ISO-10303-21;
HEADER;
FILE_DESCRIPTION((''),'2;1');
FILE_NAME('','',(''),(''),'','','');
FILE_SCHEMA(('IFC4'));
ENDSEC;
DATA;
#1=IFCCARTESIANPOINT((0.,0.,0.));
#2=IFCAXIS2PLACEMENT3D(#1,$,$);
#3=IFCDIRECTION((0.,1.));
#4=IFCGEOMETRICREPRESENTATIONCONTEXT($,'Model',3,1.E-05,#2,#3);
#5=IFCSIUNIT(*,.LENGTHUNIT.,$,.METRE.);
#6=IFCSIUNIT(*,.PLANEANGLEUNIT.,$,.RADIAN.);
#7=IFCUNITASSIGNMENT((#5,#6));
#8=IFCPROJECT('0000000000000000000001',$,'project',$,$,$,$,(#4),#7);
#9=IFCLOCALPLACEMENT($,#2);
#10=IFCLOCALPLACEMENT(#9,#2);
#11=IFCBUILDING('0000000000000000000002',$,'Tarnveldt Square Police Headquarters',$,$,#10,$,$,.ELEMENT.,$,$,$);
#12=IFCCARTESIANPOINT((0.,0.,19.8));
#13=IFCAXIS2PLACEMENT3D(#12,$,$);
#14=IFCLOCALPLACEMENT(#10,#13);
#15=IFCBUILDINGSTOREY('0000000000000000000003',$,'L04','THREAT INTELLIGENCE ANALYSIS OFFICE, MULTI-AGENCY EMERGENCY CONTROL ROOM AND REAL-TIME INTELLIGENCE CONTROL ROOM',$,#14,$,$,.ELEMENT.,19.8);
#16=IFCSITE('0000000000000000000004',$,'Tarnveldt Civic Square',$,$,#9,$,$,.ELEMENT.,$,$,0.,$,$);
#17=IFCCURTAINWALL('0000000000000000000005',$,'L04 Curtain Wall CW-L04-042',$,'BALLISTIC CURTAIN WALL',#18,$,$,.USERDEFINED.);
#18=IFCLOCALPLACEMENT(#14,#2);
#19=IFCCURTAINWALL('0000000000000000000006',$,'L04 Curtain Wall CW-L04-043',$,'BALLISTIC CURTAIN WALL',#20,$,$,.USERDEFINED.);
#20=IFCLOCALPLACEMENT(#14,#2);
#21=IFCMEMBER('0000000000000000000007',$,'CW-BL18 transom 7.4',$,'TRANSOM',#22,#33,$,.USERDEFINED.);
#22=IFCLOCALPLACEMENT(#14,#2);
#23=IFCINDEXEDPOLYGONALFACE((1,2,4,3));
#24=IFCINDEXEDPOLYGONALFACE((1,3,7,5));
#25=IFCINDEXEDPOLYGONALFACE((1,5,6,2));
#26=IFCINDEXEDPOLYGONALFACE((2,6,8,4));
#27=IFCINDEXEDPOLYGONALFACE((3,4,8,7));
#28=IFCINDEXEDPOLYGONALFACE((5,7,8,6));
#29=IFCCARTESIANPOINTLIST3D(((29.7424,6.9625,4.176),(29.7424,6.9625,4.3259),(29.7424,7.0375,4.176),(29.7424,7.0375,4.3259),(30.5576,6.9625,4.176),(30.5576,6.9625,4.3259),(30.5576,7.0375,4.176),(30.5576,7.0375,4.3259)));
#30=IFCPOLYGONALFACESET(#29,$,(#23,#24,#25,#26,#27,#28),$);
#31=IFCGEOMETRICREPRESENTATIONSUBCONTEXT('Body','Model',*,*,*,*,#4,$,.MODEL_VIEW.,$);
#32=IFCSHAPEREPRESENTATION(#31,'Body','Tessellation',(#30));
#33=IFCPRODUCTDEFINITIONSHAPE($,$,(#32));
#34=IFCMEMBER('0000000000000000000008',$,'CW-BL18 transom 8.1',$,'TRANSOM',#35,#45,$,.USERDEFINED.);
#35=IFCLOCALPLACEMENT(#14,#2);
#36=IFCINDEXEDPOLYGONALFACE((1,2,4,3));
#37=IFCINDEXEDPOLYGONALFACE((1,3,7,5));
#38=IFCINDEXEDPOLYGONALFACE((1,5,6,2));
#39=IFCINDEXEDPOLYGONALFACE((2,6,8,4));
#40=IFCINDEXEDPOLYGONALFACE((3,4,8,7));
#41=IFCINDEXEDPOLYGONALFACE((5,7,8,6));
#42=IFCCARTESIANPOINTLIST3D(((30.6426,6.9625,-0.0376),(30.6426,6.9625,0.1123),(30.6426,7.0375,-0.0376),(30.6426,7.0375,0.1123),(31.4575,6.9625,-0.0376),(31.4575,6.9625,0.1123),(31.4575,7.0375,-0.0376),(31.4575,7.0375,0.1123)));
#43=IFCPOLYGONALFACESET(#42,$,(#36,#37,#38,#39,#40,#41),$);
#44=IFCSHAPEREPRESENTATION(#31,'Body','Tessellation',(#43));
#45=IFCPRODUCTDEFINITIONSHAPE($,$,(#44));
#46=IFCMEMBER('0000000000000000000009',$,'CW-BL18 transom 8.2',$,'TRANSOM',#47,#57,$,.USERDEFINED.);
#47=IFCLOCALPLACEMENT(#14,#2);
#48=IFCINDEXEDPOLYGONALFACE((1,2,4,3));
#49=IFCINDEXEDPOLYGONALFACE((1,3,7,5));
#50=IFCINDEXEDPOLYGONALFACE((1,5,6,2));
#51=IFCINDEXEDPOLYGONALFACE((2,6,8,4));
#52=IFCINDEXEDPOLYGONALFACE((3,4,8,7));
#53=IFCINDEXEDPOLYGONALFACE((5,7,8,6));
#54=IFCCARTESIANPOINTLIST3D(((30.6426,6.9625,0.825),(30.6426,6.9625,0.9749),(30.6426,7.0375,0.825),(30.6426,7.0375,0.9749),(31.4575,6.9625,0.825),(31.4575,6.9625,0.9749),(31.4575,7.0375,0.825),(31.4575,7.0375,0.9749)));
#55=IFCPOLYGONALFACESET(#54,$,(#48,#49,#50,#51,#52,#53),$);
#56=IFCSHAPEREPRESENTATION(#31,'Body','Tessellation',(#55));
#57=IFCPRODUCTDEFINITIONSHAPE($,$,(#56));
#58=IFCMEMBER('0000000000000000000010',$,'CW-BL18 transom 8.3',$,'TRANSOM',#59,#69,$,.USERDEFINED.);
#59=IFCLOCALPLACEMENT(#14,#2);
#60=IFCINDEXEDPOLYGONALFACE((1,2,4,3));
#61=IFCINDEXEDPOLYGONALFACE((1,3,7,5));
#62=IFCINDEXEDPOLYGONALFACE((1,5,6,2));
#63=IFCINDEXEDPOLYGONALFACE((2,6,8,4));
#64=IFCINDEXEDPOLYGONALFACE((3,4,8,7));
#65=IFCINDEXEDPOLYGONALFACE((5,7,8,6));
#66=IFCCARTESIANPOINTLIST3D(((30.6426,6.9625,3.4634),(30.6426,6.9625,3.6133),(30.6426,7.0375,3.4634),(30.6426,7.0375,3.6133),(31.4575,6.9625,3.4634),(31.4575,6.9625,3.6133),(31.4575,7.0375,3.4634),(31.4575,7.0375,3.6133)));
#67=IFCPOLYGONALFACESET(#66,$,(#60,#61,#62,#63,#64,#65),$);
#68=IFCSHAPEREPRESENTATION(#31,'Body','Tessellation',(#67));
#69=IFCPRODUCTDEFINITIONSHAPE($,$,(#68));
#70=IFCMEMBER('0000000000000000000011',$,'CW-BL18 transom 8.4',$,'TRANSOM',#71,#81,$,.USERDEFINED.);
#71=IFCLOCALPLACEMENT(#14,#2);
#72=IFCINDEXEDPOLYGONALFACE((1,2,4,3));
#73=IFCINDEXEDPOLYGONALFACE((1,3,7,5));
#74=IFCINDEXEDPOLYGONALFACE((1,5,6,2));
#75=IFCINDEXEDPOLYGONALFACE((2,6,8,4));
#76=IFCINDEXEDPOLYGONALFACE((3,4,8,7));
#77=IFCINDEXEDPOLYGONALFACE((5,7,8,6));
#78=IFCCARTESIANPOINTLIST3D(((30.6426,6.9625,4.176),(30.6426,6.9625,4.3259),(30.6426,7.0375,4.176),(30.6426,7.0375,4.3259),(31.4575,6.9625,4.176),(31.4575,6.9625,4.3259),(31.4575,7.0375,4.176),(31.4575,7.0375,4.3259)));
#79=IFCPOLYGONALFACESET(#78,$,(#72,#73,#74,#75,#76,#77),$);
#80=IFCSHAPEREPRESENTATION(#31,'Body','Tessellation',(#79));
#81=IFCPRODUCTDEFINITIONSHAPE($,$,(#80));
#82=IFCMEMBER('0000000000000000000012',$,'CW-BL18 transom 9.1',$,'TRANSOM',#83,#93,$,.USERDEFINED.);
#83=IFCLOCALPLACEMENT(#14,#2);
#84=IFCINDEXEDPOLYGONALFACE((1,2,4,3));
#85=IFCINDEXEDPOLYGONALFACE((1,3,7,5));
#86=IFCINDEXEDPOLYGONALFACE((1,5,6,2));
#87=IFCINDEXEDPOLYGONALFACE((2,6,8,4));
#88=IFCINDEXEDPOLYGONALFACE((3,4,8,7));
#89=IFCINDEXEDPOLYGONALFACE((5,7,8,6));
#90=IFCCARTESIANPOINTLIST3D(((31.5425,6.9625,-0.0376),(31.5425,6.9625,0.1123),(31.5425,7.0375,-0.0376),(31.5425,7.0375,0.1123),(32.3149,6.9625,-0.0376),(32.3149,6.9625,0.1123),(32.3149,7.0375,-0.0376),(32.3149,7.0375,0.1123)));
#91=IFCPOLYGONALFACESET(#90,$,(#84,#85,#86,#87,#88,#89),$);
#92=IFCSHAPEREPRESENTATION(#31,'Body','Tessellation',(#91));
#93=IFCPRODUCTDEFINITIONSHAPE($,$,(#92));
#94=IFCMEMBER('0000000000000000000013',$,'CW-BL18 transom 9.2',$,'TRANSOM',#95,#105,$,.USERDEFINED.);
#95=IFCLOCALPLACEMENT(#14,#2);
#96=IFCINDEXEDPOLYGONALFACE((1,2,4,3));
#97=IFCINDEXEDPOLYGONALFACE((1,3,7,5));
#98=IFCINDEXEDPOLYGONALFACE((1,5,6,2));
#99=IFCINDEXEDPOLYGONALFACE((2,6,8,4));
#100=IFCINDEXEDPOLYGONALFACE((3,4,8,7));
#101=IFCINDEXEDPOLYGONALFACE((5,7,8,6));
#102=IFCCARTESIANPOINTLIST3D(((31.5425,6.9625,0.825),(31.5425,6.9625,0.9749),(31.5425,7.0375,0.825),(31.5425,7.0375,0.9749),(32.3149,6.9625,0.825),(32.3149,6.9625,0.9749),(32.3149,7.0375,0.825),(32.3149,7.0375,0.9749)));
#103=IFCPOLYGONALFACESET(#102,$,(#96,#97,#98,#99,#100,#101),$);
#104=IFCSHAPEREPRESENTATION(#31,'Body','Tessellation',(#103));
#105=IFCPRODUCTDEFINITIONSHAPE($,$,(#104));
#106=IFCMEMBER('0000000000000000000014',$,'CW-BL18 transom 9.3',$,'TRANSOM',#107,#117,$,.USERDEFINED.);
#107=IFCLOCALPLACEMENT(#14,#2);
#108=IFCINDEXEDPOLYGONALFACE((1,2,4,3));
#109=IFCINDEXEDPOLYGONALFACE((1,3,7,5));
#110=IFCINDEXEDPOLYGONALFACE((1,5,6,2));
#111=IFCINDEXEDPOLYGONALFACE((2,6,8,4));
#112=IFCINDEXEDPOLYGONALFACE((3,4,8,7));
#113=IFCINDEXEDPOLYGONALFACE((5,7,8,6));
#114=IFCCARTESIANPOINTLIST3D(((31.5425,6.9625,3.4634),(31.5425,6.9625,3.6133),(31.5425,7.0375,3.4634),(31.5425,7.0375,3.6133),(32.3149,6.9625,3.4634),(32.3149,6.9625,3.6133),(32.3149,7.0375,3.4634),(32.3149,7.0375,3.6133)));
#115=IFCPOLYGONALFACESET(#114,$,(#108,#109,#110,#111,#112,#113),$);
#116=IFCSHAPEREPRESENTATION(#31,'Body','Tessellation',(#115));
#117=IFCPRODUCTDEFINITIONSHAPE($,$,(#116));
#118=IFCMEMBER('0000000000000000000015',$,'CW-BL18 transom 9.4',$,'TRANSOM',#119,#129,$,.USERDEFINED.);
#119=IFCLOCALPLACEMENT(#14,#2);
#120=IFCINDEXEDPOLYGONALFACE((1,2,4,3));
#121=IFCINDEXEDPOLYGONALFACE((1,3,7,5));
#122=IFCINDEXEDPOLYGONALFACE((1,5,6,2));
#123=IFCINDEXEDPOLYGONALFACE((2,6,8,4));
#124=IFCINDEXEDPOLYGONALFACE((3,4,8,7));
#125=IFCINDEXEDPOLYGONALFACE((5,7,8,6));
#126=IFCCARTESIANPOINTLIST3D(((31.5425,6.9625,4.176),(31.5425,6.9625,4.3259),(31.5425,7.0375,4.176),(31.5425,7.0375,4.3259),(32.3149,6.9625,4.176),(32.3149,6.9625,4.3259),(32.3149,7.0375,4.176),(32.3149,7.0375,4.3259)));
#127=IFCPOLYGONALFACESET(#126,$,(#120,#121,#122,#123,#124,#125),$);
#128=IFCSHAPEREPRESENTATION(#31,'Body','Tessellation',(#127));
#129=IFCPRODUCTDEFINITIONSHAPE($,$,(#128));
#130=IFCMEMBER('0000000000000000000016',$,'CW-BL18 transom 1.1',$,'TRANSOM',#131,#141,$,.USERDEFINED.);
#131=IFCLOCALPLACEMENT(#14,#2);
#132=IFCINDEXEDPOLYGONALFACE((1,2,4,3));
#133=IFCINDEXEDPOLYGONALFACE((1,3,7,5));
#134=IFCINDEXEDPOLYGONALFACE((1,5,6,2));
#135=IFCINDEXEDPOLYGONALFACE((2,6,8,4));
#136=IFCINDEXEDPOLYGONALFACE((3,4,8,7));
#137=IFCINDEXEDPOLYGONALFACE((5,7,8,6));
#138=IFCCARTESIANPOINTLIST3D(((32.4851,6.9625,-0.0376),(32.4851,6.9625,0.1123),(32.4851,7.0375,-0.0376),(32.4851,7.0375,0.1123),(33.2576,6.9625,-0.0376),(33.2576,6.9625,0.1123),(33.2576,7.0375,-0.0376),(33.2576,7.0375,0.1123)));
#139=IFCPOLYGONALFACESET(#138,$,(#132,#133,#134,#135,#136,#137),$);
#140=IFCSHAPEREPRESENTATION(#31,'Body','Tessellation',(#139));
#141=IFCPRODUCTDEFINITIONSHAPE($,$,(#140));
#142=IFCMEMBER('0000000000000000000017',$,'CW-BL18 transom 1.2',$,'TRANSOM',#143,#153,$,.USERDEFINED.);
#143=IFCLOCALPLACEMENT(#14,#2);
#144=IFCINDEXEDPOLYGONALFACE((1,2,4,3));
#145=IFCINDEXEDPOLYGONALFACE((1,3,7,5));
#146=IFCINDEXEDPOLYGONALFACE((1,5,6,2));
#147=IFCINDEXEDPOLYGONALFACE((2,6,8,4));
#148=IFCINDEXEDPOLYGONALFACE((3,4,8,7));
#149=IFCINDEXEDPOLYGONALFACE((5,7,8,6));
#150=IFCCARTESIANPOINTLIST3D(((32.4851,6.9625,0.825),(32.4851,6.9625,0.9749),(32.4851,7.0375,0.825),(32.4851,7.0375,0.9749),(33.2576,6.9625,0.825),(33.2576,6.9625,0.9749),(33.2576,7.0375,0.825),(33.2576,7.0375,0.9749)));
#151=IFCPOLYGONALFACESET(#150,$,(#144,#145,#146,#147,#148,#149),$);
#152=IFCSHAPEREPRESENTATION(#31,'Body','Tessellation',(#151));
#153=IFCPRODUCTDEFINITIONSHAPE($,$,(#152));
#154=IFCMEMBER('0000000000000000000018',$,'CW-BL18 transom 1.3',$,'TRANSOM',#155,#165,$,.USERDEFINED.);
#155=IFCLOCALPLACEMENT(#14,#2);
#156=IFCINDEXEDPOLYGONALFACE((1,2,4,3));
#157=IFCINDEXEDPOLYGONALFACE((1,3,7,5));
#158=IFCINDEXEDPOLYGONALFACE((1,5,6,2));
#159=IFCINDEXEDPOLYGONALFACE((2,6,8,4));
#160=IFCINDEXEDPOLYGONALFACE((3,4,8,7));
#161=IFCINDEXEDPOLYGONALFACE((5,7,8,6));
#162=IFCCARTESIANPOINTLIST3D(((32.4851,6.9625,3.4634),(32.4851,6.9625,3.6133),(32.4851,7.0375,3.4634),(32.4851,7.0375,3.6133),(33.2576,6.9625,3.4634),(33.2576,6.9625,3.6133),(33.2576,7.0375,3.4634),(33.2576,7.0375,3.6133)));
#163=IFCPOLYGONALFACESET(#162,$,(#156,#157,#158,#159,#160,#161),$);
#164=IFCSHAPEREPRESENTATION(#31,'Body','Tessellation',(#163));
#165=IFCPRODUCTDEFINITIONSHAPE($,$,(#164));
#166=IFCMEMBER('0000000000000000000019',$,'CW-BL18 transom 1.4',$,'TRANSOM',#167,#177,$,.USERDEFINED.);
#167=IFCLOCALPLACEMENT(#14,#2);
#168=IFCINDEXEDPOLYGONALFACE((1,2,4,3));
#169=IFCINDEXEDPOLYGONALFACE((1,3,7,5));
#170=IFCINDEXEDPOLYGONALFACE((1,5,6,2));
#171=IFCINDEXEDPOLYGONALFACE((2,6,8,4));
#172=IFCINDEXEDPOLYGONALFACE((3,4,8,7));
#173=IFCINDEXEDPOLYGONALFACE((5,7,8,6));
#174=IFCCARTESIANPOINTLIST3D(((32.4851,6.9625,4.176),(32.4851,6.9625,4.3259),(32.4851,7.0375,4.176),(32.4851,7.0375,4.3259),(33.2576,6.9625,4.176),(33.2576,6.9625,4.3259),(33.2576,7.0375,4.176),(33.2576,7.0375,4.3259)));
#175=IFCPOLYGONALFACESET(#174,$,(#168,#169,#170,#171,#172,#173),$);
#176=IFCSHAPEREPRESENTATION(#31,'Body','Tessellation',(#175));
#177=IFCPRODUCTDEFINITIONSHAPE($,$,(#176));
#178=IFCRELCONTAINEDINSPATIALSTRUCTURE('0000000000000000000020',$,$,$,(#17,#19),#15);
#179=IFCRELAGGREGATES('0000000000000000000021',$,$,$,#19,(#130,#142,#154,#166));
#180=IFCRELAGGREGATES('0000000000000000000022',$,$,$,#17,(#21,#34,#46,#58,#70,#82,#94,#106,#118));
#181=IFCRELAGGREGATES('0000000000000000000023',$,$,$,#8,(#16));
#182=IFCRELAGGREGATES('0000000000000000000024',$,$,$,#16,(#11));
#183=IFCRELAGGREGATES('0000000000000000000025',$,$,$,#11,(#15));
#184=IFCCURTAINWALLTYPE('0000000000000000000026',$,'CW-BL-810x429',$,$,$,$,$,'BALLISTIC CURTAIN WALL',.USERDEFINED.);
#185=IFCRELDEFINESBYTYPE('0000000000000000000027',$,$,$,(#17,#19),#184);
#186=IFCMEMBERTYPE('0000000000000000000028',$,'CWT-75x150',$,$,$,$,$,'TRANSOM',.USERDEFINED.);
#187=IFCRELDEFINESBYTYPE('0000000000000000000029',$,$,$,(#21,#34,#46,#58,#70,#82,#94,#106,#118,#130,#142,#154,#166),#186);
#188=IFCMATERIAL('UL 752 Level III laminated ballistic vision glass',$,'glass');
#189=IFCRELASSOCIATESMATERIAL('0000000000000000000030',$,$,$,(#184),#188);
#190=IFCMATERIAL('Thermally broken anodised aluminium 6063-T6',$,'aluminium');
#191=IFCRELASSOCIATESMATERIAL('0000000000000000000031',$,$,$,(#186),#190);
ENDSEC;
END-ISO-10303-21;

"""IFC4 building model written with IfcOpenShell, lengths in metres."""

from ifc_helpers import new_model, si_unit, direction, frame, origin, origin_2d, place, context, subcontext, project, spatial, rectangle, extrude, material, material_profile, profile_set, type_object, element, aggregate, save


model = new_model("IFC4")

# Units and contexts
model_context = context("Model", 3, precision=1e-05, world=origin(), true_north=direction((0.0, 1.0)))
body_context = subcontext(model_context, "Body", "Model", "MODEL_VIEW")
ifc_project = project(units=[si_unit("LENGTHUNIT", "METRE"), si_unit("PLANEANGLEUNIT", "RADIAN")], contexts=[model_context])

# Site, building, storey
site_placement = place(None, origin())
site = spatial("IfcSite", under=ifc_project, at=site_placement, Name="Tarnveldt Civic Square", CompositionType="ELEMENT", RefElevation=0.0)
building_placement = place(site_placement, origin())
building = spatial("IfcBuilding", under=site, at=building_placement, Name="Tarnveldt Square Police Headquarters", CompositionType="ELEMENT")
storey_placement = place(building_placement, frame((0.0, 0.0, 19.8)))
storey = spatial("IfcBuildingStorey", under=building, at=storey_placement, Name="L04", Description="THREAT INTELLIGENCE ANALYSIS OFFICE, MULTI-AGENCY EMERGENCY CONTROL ROOM AND REAL-TIME INTELLIGENCE CONTROL ROOM", CompositionType="ELEMENT", Elevation=19.8)

# Curtain wall
ifc_material_1 = material(Name="UL 752 Level III laminated ballistic vision glass", Category="glass")
curtain_wall_type = type_object("IfcCurtainWallType", Name="CW-BL-810x429", ElementType="BALLISTIC CURTAIN WALL", PredefinedType="USERDEFINED", material=ifc_material_1)
curtain_wall_1_placement = place(storey_placement, origin())
curtain_wall_1 = element("IfcCurtainWall", 1, at=curtain_wall_1_placement, inside=storey, type_object=curtain_wall_type, Name="L04 Curtain Wall CW-L04-042", ObjectType="BALLISTIC CURTAIN WALL", PredefinedType="USERDEFINED")
ifc_material_2 = material(Name="Thermally broken anodised aluminium 6063-T6", Category="aluminium")

# Curtain wall
curtain_wall_2_placement = place(storey_placement, origin())
curtain_wall_2 = element("IfcCurtainWall", 2, at=curtain_wall_2_placement, inside=storey, type_object=curtain_wall_type, Name="L04 Curtain Wall CW-L04-043", ObjectType="BALLISTIC CURTAIN WALL", PredefinedType="USERDEFINED")

# Members
ifc_material_profile_1 = material_profile(ifc_material_2, rectangle(XDim=0.075, YDim=0.1499, at=origin_2d()), Name="CW-T75x150")
ifc_profile_set_1 = profile_set([ifc_material_profile_1], Name="Thermally broken anodised aluminium 6063-T6")
member_type_1 = type_object("IfcMemberType", Name="CWT-75x150", ElementType="TRANSOM", PredefinedType="USERDEFINED", material=ifc_profile_set_1)
member_1_placement = place(storey_placement, frame((29.7424, 7.0, 4.251), z_axis=(1.0, 0.0, 0.0), x_axis=(0.0, 1.0, 0.0)))
member_1 = element("IfcMember", 3, at=member_1_placement, type_object=member_type_1, Name="CW-BL18 transom 7.4", ObjectType="TRANSOM", PredefinedType="USERDEFINED", context=body_context, shape_type="SweptSolid", body=[
    extrude(rectangle(XDim=0.075, YDim=0.1499, at=origin_2d()), origin(), (0.0, 0.0, 1.0), 0.8152),
])
member_2_placement = place(storey_placement, frame((30.6426, 7.0, 0.0374), z_axis=(1.0, 0.0, 0.0), x_axis=(0.0, 1.0, 0.0)))
member_2 = element("IfcMember", 4, at=member_2_placement, type_object=member_type_1, Name="CW-BL18 transom 8.1", ObjectType="TRANSOM", PredefinedType="USERDEFINED", context=body_context, shape_type="SweptSolid", body=[
    extrude(rectangle(XDim=0.075, YDim=0.1499, at=origin_2d()), origin(), (0.0, 0.0, 1.0), 0.8149),
])
member_3_placement = place(storey_placement, frame((30.6426, 7.0, 0.8999), z_axis=(1.0, 0.0, 0.0), x_axis=(0.0, 1.0, 0.0)))
member_3 = element("IfcMember", 5, at=member_3_placement, type_object=member_type_1, Name="CW-BL18 transom 8.2", ObjectType="TRANSOM", PredefinedType="USERDEFINED", context=body_context, shape_type="SweptSolid", body=[
    extrude(rectangle(XDim=0.075, YDim=0.1499, at=origin_2d()), origin(), (0.0, 0.0, 1.0), 0.8149),
])
member_4_placement = place(storey_placement, frame((30.6426, 7.0, 3.5383), z_axis=(1.0, 0.0, 0.0), x_axis=(0.0, 1.0, 0.0)))
member_4 = element("IfcMember", 6, at=member_4_placement, type_object=member_type_1, Name="CW-BL18 transom 8.3", ObjectType="TRANSOM", PredefinedType="USERDEFINED", context=body_context, shape_type="SweptSolid", body=[
    extrude(rectangle(XDim=0.075, YDim=0.1499, at=origin_2d()), origin(), (0.0, 0.0, 1.0), 0.8149),
])
member_5_placement = place(storey_placement, frame((30.6426, 7.0, 4.251), z_axis=(1.0, 0.0, 0.0), x_axis=(0.0, 1.0, 0.0)))
member_5 = element("IfcMember", 7, at=member_5_placement, type_object=member_type_1, Name="CW-BL18 transom 8.4", ObjectType="TRANSOM", PredefinedType="USERDEFINED", context=body_context, shape_type="SweptSolid", body=[
    extrude(rectangle(XDim=0.075, YDim=0.1499, at=origin_2d()), origin(), (0.0, 0.0, 1.0), 0.8149),
])
member_6_placement = place(storey_placement, frame((31.5425, 7.0, 0.0374), z_axis=(1.0, 0.0, 0.0), x_axis=(0.0, 1.0, 0.0)))
member_6 = element("IfcMember", 8, at=member_6_placement, type_object=member_type_1, Name="CW-BL18 transom 9.1", ObjectType="TRANSOM", PredefinedType="USERDEFINED", context=body_context, shape_type="SweptSolid", body=[
    extrude(rectangle(XDim=0.075, YDim=0.1499, at=origin_2d()), origin(), (0.0, 0.0, 1.0), 0.7725),
])
member_7_placement = place(storey_placement, frame((31.5425, 7.0, 0.8999), z_axis=(1.0, 0.0, 0.0), x_axis=(0.0, 1.0, 0.0)))
member_7 = element("IfcMember", 9, at=member_7_placement, type_object=member_type_1, Name="CW-BL18 transom 9.2", ObjectType="TRANSOM", PredefinedType="USERDEFINED", context=body_context, shape_type="SweptSolid", body=[
    extrude(rectangle(XDim=0.075, YDim=0.1499, at=origin_2d()), origin(), (0.0, 0.0, 1.0), 0.7725),
])
member_8_placement = place(storey_placement, frame((31.5425, 7.0, 3.5383), z_axis=(1.0, 0.0, 0.0), x_axis=(0.0, 1.0, 0.0)))
member_8 = element("IfcMember", 10, at=member_8_placement, type_object=member_type_1, Name="CW-BL18 transom 9.3", ObjectType="TRANSOM", PredefinedType="USERDEFINED", context=body_context, shape_type="SweptSolid", body=[
    extrude(rectangle(XDim=0.075, YDim=0.1499, at=origin_2d()), origin(), (0.0, 0.0, 1.0), 0.7725),
])
member_9_placement = place(storey_placement, frame((31.5425, 7.0, 4.251), z_axis=(1.0, 0.0, 0.0), x_axis=(0.0, 1.0, 0.0)))
member_9 = element("IfcMember", 11, at=member_9_placement, type_object=member_type_1, Name="CW-BL18 transom 9.4", ObjectType="TRANSOM", PredefinedType="USERDEFINED", context=body_context, shape_type="SweptSolid", body=[
    extrude(rectangle(XDim=0.075, YDim=0.1499, at=origin_2d()), origin(), (0.0, 0.0, 1.0), 0.7725),
])
member_10_placement = place(storey_placement, frame((32.4851, 7.0, 0.0374), z_axis=(1.0, 0.0, 0.0), x_axis=(0.0, 1.0, 0.0)))
member_10 = element("IfcMember", 12, at=member_10_placement, type_object=member_type_1, Name="CW-BL18 transom 1.1", ObjectType="TRANSOM", PredefinedType="USERDEFINED", context=body_context, shape_type="SweptSolid", body=[
    extrude(rectangle(XDim=0.075, YDim=0.1499, at=origin_2d()), origin(), (0.0, 0.0, 1.0), 0.7725),
])
member_11_placement = place(storey_placement, frame((32.4851, 7.0, 0.8999), z_axis=(1.0, 0.0, 0.0), x_axis=(0.0, 1.0, 0.0)))
member_11 = element("IfcMember", 13, at=member_11_placement, type_object=member_type_1, Name="CW-BL18 transom 1.2", ObjectType="TRANSOM", PredefinedType="USERDEFINED", context=body_context, shape_type="SweptSolid", body=[
    extrude(rectangle(XDim=0.075, YDim=0.1499, at=origin_2d()), origin(), (0.0, 0.0, 1.0), 0.7725),
])
member_12_placement = place(storey_placement, frame((32.4851, 7.0, 3.5383), z_axis=(1.0, 0.0, 0.0), x_axis=(0.0, 1.0, 0.0)))
member_12 = element("IfcMember", 14, at=member_12_placement, type_object=member_type_1, Name="CW-BL18 transom 1.3", ObjectType="TRANSOM", PredefinedType="USERDEFINED", context=body_context, shape_type="SweptSolid", body=[
    extrude(rectangle(XDim=0.075, YDim=0.1499, at=origin_2d()), origin(), (0.0, 0.0, 1.0), 0.7725),
])
member_13_placement = place(storey_placement, frame((32.4851, 7.0, 4.251), z_axis=(1.0, 0.0, 0.0), x_axis=(0.0, 1.0, 0.0)))
member_13 = element("IfcMember", 15, at=member_13_placement, type_object=member_type_1, Name="CW-BL18 transom 1.4", ObjectType="TRANSOM", PredefinedType="USERDEFINED", context=body_context, shape_type="SweptSolid", body=[
    extrude(rectangle(XDim=0.075, YDim=0.1499, at=origin_2d()), origin(), (0.0, 0.0, 1.0), 0.7725),
])
aggregate(curtain_wall_2, [member_10, member_11, member_12, member_13])

aggregate(curtain_wall_1, [member_1, member_2, member_3, member_4, member_5, member_6, member_7, member_8, member_9])

save(model, "model.ifc")
